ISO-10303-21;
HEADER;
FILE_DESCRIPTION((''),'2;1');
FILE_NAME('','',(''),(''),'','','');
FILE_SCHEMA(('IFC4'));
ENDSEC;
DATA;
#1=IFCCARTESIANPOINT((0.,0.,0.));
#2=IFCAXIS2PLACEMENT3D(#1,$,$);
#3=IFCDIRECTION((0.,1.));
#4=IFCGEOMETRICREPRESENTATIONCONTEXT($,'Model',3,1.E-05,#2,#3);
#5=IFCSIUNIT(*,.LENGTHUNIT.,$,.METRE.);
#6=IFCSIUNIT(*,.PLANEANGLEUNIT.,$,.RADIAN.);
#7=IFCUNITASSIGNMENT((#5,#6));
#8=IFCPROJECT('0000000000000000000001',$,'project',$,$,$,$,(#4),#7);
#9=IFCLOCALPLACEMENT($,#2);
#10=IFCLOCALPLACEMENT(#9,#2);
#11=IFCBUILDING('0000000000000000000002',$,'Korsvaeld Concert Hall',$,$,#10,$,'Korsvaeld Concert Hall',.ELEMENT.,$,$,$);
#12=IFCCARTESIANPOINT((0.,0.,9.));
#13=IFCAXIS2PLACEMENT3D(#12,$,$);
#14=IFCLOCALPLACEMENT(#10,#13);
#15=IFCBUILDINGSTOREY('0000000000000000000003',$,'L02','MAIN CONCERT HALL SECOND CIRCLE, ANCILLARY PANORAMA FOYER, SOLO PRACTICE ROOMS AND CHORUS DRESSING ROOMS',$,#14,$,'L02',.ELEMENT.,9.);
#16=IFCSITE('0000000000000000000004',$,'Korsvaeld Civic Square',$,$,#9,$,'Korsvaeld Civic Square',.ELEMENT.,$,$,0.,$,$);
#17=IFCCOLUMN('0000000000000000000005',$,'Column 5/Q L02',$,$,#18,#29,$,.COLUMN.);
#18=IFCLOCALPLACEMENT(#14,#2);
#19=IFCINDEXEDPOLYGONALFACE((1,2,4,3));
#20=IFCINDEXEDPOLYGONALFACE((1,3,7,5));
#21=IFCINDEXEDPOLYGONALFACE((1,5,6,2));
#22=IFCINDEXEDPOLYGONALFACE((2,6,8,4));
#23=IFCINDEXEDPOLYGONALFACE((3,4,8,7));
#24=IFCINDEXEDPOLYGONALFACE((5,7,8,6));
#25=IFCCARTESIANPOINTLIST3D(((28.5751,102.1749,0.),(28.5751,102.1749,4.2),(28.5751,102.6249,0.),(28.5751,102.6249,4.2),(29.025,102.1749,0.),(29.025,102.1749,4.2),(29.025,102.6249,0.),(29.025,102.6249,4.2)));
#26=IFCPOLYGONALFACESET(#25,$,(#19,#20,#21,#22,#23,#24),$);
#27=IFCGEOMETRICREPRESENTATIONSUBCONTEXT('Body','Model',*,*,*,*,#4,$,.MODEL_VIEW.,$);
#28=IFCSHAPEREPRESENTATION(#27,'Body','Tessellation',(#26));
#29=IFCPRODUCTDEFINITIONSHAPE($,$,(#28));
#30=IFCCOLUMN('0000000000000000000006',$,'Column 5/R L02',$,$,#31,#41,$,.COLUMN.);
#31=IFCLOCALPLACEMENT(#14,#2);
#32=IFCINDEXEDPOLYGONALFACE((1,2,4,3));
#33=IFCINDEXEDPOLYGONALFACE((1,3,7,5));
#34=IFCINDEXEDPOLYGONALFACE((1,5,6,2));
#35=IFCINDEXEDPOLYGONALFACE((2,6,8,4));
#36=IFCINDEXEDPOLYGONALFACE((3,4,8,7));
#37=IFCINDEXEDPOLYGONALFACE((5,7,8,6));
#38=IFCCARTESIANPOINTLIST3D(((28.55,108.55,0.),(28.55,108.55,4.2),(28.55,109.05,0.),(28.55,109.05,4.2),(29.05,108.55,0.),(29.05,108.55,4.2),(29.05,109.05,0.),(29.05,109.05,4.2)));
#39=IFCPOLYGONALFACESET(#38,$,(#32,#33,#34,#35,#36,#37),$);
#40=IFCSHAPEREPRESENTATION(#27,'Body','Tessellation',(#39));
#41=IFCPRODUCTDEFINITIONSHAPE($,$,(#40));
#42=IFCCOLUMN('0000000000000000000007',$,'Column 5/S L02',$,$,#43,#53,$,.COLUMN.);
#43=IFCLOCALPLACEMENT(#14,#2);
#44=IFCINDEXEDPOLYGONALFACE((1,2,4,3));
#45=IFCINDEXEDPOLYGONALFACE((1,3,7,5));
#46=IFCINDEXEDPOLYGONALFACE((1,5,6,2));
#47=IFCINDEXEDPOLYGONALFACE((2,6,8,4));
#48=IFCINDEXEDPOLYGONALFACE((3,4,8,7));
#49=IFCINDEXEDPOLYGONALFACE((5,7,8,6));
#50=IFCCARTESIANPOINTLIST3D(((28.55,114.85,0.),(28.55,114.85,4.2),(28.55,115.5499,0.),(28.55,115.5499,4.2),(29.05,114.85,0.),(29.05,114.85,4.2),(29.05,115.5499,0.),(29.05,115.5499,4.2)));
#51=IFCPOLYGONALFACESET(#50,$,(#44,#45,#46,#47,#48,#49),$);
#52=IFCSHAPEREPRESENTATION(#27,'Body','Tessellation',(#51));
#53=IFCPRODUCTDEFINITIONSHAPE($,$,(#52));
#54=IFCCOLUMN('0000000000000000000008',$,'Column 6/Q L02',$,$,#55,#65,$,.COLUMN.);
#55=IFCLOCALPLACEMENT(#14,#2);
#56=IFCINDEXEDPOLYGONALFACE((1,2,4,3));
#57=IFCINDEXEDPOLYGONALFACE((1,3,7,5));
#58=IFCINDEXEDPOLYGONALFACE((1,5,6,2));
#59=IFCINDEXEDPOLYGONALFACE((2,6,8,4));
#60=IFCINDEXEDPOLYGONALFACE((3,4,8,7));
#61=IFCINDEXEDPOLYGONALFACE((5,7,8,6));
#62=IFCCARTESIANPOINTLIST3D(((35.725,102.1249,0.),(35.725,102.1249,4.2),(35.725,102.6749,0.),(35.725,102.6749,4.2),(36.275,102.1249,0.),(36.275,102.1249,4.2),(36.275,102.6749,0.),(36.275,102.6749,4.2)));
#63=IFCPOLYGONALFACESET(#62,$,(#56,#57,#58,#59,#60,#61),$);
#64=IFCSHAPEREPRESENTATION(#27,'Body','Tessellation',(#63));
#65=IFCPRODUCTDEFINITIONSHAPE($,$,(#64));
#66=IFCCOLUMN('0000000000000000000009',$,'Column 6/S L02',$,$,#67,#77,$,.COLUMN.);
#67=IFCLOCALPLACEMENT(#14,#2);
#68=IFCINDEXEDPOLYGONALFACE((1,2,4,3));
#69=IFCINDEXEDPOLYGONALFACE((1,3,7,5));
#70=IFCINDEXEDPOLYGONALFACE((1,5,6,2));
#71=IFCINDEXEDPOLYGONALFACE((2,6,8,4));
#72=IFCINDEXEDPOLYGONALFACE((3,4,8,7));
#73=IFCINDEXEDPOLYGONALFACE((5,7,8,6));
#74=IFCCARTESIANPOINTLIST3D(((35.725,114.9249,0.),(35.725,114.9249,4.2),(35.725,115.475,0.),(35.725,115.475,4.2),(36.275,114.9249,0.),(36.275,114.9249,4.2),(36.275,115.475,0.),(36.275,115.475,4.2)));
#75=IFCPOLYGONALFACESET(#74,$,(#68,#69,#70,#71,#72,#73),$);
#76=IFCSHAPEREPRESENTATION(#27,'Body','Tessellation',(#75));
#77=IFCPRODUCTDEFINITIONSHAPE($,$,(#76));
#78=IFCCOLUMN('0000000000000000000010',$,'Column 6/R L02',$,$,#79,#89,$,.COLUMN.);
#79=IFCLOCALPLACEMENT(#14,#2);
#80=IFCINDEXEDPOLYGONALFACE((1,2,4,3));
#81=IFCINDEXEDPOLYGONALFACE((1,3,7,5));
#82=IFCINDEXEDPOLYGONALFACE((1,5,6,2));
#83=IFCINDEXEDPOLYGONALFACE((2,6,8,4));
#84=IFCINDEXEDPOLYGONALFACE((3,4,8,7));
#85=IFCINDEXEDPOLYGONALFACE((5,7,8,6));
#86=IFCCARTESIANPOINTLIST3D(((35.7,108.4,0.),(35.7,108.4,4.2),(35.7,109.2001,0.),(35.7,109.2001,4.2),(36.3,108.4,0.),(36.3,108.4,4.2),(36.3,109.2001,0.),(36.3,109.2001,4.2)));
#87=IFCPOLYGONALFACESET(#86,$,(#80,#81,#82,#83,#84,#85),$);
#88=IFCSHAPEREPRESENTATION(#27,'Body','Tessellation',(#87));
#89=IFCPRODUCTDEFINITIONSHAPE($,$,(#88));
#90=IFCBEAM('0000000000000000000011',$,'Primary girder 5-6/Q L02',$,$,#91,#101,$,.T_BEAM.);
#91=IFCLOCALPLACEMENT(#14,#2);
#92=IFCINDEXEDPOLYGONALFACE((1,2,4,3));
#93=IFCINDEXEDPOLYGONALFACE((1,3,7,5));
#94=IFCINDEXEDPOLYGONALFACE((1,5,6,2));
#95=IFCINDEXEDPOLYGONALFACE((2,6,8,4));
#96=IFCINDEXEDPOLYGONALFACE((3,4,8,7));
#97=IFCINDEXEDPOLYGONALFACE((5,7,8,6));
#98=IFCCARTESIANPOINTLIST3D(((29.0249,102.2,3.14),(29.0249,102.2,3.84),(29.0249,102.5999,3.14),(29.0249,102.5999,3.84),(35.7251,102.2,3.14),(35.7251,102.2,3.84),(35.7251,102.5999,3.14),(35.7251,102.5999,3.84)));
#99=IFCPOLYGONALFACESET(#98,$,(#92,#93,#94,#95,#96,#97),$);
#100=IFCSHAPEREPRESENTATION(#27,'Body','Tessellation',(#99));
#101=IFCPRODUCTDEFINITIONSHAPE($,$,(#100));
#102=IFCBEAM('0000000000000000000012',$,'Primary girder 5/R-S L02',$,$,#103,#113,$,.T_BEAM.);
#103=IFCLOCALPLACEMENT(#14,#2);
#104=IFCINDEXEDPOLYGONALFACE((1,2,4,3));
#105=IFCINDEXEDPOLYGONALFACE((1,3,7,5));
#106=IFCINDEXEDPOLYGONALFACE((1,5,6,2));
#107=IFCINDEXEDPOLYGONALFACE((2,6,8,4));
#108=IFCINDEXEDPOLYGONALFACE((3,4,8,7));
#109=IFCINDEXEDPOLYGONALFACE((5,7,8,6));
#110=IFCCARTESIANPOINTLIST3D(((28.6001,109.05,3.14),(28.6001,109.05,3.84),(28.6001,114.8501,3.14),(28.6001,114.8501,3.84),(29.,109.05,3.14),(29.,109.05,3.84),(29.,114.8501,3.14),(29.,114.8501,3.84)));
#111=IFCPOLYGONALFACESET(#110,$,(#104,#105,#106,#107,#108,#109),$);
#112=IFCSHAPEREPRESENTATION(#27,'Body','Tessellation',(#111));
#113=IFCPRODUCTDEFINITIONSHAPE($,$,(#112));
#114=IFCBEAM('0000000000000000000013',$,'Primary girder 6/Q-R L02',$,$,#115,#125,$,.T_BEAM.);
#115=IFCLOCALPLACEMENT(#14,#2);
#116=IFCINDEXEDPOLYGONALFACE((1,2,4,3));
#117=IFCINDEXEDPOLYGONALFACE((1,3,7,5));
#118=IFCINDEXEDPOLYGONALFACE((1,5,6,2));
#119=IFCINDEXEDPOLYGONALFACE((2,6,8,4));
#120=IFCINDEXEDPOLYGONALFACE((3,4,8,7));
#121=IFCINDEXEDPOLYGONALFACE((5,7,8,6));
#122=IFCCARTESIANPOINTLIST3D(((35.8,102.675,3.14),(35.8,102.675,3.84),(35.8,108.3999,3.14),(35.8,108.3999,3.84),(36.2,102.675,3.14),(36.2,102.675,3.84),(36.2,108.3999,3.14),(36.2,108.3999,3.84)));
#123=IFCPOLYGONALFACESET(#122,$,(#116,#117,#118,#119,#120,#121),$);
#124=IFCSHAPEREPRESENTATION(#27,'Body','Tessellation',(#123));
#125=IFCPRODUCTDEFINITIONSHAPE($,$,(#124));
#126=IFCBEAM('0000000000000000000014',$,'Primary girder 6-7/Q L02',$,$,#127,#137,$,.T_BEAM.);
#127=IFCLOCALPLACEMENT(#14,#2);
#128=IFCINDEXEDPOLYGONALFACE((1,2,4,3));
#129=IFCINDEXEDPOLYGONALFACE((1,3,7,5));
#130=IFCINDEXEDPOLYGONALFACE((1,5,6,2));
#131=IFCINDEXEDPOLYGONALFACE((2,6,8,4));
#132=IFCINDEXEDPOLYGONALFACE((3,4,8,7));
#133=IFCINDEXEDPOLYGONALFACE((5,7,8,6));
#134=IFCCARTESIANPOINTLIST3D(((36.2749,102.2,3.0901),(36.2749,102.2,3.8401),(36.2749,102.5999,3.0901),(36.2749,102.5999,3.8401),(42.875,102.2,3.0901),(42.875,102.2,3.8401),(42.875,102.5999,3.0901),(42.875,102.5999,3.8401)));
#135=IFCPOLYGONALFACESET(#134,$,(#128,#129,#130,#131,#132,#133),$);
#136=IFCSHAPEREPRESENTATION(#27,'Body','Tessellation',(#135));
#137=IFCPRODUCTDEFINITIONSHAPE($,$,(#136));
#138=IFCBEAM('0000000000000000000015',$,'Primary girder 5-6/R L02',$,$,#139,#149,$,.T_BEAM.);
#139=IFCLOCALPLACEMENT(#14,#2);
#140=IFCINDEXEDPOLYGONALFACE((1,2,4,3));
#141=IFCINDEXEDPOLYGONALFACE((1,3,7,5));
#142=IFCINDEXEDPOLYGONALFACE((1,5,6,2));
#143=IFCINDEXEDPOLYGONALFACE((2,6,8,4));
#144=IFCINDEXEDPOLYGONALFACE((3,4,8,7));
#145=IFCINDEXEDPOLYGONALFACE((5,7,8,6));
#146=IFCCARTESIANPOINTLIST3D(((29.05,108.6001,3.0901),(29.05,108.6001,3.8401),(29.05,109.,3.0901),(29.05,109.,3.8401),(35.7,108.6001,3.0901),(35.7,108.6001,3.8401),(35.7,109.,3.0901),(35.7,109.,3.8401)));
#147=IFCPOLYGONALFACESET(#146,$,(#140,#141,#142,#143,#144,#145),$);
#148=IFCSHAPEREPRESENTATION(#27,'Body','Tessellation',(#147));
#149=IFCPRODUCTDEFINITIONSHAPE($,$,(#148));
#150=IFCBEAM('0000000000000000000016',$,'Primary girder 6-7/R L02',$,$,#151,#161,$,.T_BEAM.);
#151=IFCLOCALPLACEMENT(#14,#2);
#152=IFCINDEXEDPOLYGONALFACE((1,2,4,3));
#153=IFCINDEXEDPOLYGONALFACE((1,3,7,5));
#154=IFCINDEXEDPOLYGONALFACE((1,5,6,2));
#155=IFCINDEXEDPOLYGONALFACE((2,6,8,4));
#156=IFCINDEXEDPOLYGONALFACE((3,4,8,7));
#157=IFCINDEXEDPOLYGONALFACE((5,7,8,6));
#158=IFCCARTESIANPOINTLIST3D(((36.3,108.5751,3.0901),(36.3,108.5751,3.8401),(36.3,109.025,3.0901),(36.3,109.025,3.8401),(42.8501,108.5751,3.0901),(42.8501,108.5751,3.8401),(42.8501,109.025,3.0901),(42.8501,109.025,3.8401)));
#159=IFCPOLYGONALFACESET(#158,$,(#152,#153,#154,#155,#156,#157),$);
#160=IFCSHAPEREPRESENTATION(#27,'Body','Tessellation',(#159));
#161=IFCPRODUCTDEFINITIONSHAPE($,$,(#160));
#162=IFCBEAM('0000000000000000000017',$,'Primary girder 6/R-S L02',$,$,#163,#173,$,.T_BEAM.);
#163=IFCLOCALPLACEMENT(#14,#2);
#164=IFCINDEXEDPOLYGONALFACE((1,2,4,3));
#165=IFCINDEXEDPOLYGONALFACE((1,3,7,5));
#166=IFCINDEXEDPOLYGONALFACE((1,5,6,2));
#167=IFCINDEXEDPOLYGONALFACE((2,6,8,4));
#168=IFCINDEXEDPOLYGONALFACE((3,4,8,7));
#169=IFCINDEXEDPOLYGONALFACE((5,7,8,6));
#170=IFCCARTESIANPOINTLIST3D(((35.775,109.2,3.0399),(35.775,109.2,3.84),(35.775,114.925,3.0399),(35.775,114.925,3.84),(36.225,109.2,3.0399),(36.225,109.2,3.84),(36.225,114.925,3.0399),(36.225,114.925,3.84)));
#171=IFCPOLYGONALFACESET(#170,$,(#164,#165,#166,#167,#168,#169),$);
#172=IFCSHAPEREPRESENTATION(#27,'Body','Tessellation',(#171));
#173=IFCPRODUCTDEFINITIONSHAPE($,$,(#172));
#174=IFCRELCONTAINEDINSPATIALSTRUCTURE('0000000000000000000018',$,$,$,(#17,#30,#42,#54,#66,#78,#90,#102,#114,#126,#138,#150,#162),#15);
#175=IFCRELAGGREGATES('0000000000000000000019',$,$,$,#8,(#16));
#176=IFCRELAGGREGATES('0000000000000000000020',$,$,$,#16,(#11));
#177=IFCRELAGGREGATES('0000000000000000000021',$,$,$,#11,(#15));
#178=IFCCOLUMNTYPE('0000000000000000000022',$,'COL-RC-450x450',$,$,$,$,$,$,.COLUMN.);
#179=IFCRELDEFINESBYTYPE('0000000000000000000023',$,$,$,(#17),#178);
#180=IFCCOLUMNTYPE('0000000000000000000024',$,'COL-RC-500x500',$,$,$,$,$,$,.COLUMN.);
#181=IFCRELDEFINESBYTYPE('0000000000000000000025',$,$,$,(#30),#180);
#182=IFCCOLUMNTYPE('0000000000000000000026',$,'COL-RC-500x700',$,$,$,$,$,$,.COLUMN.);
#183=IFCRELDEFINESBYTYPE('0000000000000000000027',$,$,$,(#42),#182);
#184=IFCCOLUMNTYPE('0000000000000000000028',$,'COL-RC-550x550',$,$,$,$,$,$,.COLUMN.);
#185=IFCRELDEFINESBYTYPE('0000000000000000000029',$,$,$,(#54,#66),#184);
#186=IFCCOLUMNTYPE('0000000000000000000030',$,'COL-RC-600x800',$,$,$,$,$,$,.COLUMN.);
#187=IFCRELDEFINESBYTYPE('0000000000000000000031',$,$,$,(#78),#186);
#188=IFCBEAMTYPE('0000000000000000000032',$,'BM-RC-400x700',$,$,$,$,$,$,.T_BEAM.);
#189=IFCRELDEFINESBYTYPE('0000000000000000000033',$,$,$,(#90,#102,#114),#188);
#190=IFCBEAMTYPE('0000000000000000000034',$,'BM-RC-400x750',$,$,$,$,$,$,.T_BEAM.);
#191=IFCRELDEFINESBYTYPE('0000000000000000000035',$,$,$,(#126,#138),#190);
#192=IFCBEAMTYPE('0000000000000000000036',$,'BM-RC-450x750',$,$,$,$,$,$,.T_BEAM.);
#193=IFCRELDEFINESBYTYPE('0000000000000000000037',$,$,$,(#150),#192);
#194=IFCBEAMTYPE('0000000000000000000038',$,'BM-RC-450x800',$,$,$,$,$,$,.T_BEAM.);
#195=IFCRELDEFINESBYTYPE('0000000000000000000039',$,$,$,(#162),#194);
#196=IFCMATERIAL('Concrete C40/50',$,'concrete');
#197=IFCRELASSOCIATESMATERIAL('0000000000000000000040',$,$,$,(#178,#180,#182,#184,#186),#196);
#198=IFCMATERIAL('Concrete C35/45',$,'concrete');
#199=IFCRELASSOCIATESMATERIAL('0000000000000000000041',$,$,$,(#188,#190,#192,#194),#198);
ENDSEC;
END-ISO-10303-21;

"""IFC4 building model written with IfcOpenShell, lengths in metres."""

from ifc_helpers import new_model, si_unit, direction, frame, origin, origin_2d, place, context, subcontext, project, spatial, rectangle, extrude, material, material_profile, profile_set, type_object, element, save


model = new_model("IFC4")

# Units and contexts
model_context = context("Model", 3, precision=1e-05, world=origin(), true_north=direction((0.0, 1.0)))
body_context = subcontext(model_context, "Body", "Model", "MODEL_VIEW")
ifc_project = project(units=[si_unit("LENGTHUNIT", "METRE"), si_unit("PLANEANGLEUNIT", "RADIAN")], contexts=[model_context])

# Site, building, storey
site_placement = place(None, origin())
site = spatial("IfcSite", under=ifc_project, at=site_placement, Name="Korsvaeld Civic Square", LongName="Korsvaeld Civic Square", CompositionType="ELEMENT", RefElevation=0.0)
building_placement = place(site_placement, origin())
building = spatial("IfcBuilding", under=site, at=building_placement, Name="Korsvaeld Concert Hall", LongName="Korsvaeld Concert Hall", CompositionType="ELEMENT")
storey_placement = place(building_placement, frame((0.0, 0.0, 9.0)))
storey = spatial("IfcBuildingStorey", under=building, at=storey_placement, Name="L02", Description="MAIN CONCERT HALL SECOND CIRCLE, ANCILLARY PANORAMA FOYER, SOLO PRACTICE ROOMS AND CHORUS DRESSING ROOMS", LongName="L02", CompositionType="ELEMENT", Elevation=9.0)

# Columns
ifc_material_1 = material(Name="Concrete C40/50", Category="concrete")
ifc_material_profile_1 = material_profile(ifc_material_1, rectangle(XDim=0.45, YDim=0.45, at=origin_2d()), Name="RC 450x450")
ifc_profile_set_1 = profile_set([ifc_material_profile_1], Name="Concrete C40/50")
column_type_1 = type_object("IfcColumnType", Name="COL-RC-450x450", PredefinedType="COLUMN", material=ifc_profile_set_1)
column_1_placement = place(storey_placement, frame((28.8, 102.3999, 0.0), z_axis=(0.0, 0.0, 1.0), x_axis=(1.0, 0.0, 0.0)))
element("IfcColumn", 1, at=column_1_placement, inside=storey, type_object=column_type_1, Name="Column 5/Q L02", PredefinedType="COLUMN", context=body_context, shape_type="SweptSolid", body=[
    extrude(rectangle(XDim=0.45, YDim=0.45, at=origin_2d()), origin(), (0.0, 0.0, 1.0), 4.2),
])
ifc_material_profile_2 = material_profile(ifc_material_1, rectangle(XDim=0.5, YDim=0.5, at=origin_2d()), Name="RC 500x500")
ifc_profile_set_2 = profile_set([ifc_material_profile_2], Name="Concrete C40/50")
column_type_2 = type_object("IfcColumnType", Name="COL-RC-500x500", PredefinedType="COLUMN", material=ifc_profile_set_2)
column_2_placement = place(storey_placement, frame((28.8, 108.8, 0.0), z_axis=(0.0, 0.0, 1.0), x_axis=(1.0, 0.0, 0.0)))
element("IfcColumn", 2, at=column_2_placement, inside=storey, type_object=column_type_2, Name="Column 5/R L02", PredefinedType="COLUMN", context=body_context, shape_type="SweptSolid", body=[
    extrude(rectangle(XDim=0.5, YDim=0.5, at=origin_2d()), origin(), (0.0, 0.0, 1.0), 4.2),
])
ifc_material_profile_3 = material_profile(ifc_material_1, rectangle(XDim=0.5, YDim=0.7, at=origin_2d()), Name="RC 500x700")
ifc_profile_set_3 = profile_set([ifc_material_profile_3], Name="Concrete C40/50")
column_type_3 = type_object("IfcColumnType", Name="COL-RC-500x700", PredefinedType="COLUMN", material=ifc_profile_set_3)
column_3_placement = place(storey_placement, frame((28.8, 115.2, 0.0), z_axis=(0.0, 0.0, 1.0), x_axis=(1.0, 0.0, 0.0)))
element("IfcColumn", 3, at=column_3_placement, inside=storey, type_object=column_type_3, Name="Column 5/S L02", PredefinedType="COLUMN", context=body_context, shape_type="SweptSolid", body=[
    extrude(rectangle(XDim=0.5, YDim=0.7, at=origin_2d()), origin(), (0.0, 0.0, 1.0), 4.2),
])
ifc_material_profile_4 = material_profile(ifc_material_1, rectangle(XDim=0.55, YDim=0.55, at=origin_2d()), Name="RC 550x550")
ifc_profile_set_4 = profile_set([ifc_material_profile_4], Name="Concrete C40/50")
column_type_4 = type_object("IfcColumnType", Name="COL-RC-550x550", PredefinedType="COLUMN", material=ifc_profile_set_4)
for number, where, z_axis, x_axis, name in (
    (4, (36.0, 102.3999, 0.0), (0.0, 0.0, 1.0), (1.0, 0.0, 0.0), "Column 6/Q L02"),
    (5, (36.0, 115.2, 0.0), (0.0, 0.0, 1.0), (1.0, 0.0, 0.0), "Column 6/S L02"),
):
    element("IfcColumn", number, at=place(storey_placement, frame(where, z_axis=z_axis, x_axis=x_axis)), inside=storey, type_object=column_type_4, Name=name, PredefinedType="COLUMN", context=body_context, shape_type="SweptSolid", body=[
        extrude(rectangle(XDim=0.55, YDim=0.55, at=origin_2d()), origin(), (0.0, 0.0, 1.0), 4.2),
    ])
ifc_material_profile_5 = material_profile(ifc_material_1, rectangle(XDim=0.6001, YDim=0.8, at=origin_2d()), Name="RC 600x800")
ifc_profile_set_5 = profile_set([ifc_material_profile_5], Name="Concrete C40/50")
column_type_5 = type_object("IfcColumnType", Name="COL-RC-600x800", PredefinedType="COLUMN", material=ifc_profile_set_5)
column_4_placement = place(storey_placement, frame((36.0, 108.8, 0.0), z_axis=(0.0, 0.0, 1.0), x_axis=(1.0, 0.0, 0.0)))
element("IfcColumn", 6, at=column_4_placement, inside=storey, type_object=column_type_5, Name="Column 6/R L02", PredefinedType="COLUMN", context=body_context, shape_type="SweptSolid", body=[
    extrude(rectangle(XDim=0.6001, YDim=0.8, at=origin_2d()), origin(), (0.0, 0.0, 1.0), 4.2),
])

# Beams
ifc_material_2 = material(Name="Concrete C35/45", Category="concrete")
ifc_material_profile_6 = material_profile(ifc_material_2, rectangle(XDim=0.3999, YDim=0.7, at=origin_2d()), Name="RC 400x700")
ifc_profile_set_6 = profile_set([ifc_material_profile_6], Name="Concrete C35/45")
beam_type_1 = type_object("IfcBeamType", Name="BM-RC-400x700", PredefinedType="T_BEAM", material=ifc_profile_set_6)
beam_1_placement = place(storey_placement, frame((29.0249, 102.3999, 3.49), z_axis=(1.0, 0.0, 0.0), x_axis=(0.0, 1.0, 0.0)))
element("IfcBeam", 7, at=beam_1_placement, inside=storey, type_object=beam_type_1, Name="Primary girder 5-6/Q L02", PredefinedType="T_BEAM", context=body_context, shape_type="SweptSolid", body=[
    extrude(rectangle(XDim=0.3999, YDim=0.7, at=origin_2d()), origin(), (0.0, 0.0, 1.0), 6.7002),
])
beam_2_placement = place(storey_placement, frame((28.8, 109.05, 3.49), z_axis=(0.0, 1.0, 0.0), x_axis=(-1.0, 0.0, 0.0)))
element("IfcBeam", 8, at=beam_2_placement, inside=storey, type_object=beam_type_1, Name="Primary girder 5/R-S L02", PredefinedType="T_BEAM", context=body_context, shape_type="SweptSolid", body=[
    extrude(rectangle(XDim=0.3999, YDim=0.7, at=origin_2d()), origin(), (0.0, 0.0, 1.0), 5.8),
])
beam_3_placement = place(storey_placement, frame((36.0, 102.675, 3.49), z_axis=(0.0, 1.0, 0.0), x_axis=(-1.0, 0.0, 0.0)))
element("IfcBeam", 9, at=beam_3_placement, inside=storey, type_object=beam_type_1, Name="Primary girder 6/Q-R L02", PredefinedType="T_BEAM", context=body_context, shape_type="SweptSolid", body=[
    extrude(rectangle(XDim=0.3999, YDim=0.7, at=origin_2d()), origin(), (0.0, 0.0, 1.0), 5.7249),
])
ifc_material_profile_7 = material_profile(ifc_material_2, rectangle(XDim=0.3999, YDim=0.75, at=origin_2d()), Name="RC 400x750")
ifc_profile_set_7 = profile_set([ifc_material_profile_7], Name="Concrete C35/45")
beam_type_2 = type_object("IfcBeamType", Name="BM-RC-400x750", PredefinedType="T_BEAM", material=ifc_profile_set_7)
beam_4_placement = place(storey_placement, frame((36.2749, 102.3999, 3.4651), z_axis=(1.0, 0.0, 0.0), x_axis=(0.0, 1.0, 0.0)))
element("IfcBeam", 10, at=beam_4_placement, inside=storey, type_object=beam_type_2, Name="Primary girder 6-7/Q L02", PredefinedType="T_BEAM", context=body_context, shape_type="SweptSolid", body=[
    extrude(rectangle(XDim=0.3999, YDim=0.75, at=origin_2d()), origin(), (0.0, 0.0, 1.0), 6.6001),
])
beam_5_placement = place(storey_placement, frame((29.05, 108.8, 3.4651), z_axis=(1.0, 0.0, 0.0), x_axis=(0.0, 1.0, 0.0)))
element("IfcBeam", 11, at=beam_5_placement, inside=storey, type_object=beam_type_2, Name="Primary girder 5-6/R L02", PredefinedType="T_BEAM", context=body_context, shape_type="SweptSolid", body=[
    extrude(rectangle(XDim=0.3999, YDim=0.75, at=origin_2d()), origin(), (0.0, 0.0, 1.0), 6.6499),
])
ifc_material_profile_8 = material_profile(ifc_material_2, rectangle(XDim=0.45, YDim=0.75, at=origin_2d()), Name="RC 450x750")
ifc_profile_set_8 = profile_set([ifc_material_profile_8], Name="Concrete C35/45")
beam_type_3 = type_object("IfcBeamType", Name="BM-RC-450x750", PredefinedType="T_BEAM", material=ifc_profile_set_8)
beam_6_placement = place(storey_placement, frame((36.3, 108.8, 3.4651), z_axis=(1.0, 0.0, 0.0), x_axis=(0.0, 1.0, 0.0)))
element("IfcBeam", 12, at=beam_6_placement, inside=storey, type_object=beam_type_3, Name="Primary girder 6-7/R L02", PredefinedType="T_BEAM", context=body_context, shape_type="SweptSolid", body=[
    extrude(rectangle(XDim=0.45, YDim=0.75, at=origin_2d()), origin(), (0.0, 0.0, 1.0), 6.55),
])
ifc_material_profile_9 = material_profile(ifc_material_2, rectangle(XDim=0.45, YDim=0.8, at=origin_2d()), Name="RC 450x800")
ifc_profile_set_9 = profile_set([ifc_material_profile_9], Name="Concrete C35/45")
beam_type_4 = type_object("IfcBeamType", Name="BM-RC-450x800", PredefinedType="T_BEAM", material=ifc_profile_set_9)
beam_7_placement = place(storey_placement, frame((36.0, 109.2, 3.4399), z_axis=(0.0, 1.0, 0.0), x_axis=(-1.0, 0.0, 0.0)))
element("IfcBeam", 13, at=beam_7_placement, inside=storey, type_object=beam_type_4, Name="Primary girder 6/R-S L02", PredefinedType="T_BEAM", context=body_context, shape_type="SweptSolid", body=[
    extrude(rectangle(XDim=0.45, YDim=0.8, at=origin_2d()), origin(), (0.0, 0.0, 1.0), 5.7251),
])

save(model, "model.ifc")
